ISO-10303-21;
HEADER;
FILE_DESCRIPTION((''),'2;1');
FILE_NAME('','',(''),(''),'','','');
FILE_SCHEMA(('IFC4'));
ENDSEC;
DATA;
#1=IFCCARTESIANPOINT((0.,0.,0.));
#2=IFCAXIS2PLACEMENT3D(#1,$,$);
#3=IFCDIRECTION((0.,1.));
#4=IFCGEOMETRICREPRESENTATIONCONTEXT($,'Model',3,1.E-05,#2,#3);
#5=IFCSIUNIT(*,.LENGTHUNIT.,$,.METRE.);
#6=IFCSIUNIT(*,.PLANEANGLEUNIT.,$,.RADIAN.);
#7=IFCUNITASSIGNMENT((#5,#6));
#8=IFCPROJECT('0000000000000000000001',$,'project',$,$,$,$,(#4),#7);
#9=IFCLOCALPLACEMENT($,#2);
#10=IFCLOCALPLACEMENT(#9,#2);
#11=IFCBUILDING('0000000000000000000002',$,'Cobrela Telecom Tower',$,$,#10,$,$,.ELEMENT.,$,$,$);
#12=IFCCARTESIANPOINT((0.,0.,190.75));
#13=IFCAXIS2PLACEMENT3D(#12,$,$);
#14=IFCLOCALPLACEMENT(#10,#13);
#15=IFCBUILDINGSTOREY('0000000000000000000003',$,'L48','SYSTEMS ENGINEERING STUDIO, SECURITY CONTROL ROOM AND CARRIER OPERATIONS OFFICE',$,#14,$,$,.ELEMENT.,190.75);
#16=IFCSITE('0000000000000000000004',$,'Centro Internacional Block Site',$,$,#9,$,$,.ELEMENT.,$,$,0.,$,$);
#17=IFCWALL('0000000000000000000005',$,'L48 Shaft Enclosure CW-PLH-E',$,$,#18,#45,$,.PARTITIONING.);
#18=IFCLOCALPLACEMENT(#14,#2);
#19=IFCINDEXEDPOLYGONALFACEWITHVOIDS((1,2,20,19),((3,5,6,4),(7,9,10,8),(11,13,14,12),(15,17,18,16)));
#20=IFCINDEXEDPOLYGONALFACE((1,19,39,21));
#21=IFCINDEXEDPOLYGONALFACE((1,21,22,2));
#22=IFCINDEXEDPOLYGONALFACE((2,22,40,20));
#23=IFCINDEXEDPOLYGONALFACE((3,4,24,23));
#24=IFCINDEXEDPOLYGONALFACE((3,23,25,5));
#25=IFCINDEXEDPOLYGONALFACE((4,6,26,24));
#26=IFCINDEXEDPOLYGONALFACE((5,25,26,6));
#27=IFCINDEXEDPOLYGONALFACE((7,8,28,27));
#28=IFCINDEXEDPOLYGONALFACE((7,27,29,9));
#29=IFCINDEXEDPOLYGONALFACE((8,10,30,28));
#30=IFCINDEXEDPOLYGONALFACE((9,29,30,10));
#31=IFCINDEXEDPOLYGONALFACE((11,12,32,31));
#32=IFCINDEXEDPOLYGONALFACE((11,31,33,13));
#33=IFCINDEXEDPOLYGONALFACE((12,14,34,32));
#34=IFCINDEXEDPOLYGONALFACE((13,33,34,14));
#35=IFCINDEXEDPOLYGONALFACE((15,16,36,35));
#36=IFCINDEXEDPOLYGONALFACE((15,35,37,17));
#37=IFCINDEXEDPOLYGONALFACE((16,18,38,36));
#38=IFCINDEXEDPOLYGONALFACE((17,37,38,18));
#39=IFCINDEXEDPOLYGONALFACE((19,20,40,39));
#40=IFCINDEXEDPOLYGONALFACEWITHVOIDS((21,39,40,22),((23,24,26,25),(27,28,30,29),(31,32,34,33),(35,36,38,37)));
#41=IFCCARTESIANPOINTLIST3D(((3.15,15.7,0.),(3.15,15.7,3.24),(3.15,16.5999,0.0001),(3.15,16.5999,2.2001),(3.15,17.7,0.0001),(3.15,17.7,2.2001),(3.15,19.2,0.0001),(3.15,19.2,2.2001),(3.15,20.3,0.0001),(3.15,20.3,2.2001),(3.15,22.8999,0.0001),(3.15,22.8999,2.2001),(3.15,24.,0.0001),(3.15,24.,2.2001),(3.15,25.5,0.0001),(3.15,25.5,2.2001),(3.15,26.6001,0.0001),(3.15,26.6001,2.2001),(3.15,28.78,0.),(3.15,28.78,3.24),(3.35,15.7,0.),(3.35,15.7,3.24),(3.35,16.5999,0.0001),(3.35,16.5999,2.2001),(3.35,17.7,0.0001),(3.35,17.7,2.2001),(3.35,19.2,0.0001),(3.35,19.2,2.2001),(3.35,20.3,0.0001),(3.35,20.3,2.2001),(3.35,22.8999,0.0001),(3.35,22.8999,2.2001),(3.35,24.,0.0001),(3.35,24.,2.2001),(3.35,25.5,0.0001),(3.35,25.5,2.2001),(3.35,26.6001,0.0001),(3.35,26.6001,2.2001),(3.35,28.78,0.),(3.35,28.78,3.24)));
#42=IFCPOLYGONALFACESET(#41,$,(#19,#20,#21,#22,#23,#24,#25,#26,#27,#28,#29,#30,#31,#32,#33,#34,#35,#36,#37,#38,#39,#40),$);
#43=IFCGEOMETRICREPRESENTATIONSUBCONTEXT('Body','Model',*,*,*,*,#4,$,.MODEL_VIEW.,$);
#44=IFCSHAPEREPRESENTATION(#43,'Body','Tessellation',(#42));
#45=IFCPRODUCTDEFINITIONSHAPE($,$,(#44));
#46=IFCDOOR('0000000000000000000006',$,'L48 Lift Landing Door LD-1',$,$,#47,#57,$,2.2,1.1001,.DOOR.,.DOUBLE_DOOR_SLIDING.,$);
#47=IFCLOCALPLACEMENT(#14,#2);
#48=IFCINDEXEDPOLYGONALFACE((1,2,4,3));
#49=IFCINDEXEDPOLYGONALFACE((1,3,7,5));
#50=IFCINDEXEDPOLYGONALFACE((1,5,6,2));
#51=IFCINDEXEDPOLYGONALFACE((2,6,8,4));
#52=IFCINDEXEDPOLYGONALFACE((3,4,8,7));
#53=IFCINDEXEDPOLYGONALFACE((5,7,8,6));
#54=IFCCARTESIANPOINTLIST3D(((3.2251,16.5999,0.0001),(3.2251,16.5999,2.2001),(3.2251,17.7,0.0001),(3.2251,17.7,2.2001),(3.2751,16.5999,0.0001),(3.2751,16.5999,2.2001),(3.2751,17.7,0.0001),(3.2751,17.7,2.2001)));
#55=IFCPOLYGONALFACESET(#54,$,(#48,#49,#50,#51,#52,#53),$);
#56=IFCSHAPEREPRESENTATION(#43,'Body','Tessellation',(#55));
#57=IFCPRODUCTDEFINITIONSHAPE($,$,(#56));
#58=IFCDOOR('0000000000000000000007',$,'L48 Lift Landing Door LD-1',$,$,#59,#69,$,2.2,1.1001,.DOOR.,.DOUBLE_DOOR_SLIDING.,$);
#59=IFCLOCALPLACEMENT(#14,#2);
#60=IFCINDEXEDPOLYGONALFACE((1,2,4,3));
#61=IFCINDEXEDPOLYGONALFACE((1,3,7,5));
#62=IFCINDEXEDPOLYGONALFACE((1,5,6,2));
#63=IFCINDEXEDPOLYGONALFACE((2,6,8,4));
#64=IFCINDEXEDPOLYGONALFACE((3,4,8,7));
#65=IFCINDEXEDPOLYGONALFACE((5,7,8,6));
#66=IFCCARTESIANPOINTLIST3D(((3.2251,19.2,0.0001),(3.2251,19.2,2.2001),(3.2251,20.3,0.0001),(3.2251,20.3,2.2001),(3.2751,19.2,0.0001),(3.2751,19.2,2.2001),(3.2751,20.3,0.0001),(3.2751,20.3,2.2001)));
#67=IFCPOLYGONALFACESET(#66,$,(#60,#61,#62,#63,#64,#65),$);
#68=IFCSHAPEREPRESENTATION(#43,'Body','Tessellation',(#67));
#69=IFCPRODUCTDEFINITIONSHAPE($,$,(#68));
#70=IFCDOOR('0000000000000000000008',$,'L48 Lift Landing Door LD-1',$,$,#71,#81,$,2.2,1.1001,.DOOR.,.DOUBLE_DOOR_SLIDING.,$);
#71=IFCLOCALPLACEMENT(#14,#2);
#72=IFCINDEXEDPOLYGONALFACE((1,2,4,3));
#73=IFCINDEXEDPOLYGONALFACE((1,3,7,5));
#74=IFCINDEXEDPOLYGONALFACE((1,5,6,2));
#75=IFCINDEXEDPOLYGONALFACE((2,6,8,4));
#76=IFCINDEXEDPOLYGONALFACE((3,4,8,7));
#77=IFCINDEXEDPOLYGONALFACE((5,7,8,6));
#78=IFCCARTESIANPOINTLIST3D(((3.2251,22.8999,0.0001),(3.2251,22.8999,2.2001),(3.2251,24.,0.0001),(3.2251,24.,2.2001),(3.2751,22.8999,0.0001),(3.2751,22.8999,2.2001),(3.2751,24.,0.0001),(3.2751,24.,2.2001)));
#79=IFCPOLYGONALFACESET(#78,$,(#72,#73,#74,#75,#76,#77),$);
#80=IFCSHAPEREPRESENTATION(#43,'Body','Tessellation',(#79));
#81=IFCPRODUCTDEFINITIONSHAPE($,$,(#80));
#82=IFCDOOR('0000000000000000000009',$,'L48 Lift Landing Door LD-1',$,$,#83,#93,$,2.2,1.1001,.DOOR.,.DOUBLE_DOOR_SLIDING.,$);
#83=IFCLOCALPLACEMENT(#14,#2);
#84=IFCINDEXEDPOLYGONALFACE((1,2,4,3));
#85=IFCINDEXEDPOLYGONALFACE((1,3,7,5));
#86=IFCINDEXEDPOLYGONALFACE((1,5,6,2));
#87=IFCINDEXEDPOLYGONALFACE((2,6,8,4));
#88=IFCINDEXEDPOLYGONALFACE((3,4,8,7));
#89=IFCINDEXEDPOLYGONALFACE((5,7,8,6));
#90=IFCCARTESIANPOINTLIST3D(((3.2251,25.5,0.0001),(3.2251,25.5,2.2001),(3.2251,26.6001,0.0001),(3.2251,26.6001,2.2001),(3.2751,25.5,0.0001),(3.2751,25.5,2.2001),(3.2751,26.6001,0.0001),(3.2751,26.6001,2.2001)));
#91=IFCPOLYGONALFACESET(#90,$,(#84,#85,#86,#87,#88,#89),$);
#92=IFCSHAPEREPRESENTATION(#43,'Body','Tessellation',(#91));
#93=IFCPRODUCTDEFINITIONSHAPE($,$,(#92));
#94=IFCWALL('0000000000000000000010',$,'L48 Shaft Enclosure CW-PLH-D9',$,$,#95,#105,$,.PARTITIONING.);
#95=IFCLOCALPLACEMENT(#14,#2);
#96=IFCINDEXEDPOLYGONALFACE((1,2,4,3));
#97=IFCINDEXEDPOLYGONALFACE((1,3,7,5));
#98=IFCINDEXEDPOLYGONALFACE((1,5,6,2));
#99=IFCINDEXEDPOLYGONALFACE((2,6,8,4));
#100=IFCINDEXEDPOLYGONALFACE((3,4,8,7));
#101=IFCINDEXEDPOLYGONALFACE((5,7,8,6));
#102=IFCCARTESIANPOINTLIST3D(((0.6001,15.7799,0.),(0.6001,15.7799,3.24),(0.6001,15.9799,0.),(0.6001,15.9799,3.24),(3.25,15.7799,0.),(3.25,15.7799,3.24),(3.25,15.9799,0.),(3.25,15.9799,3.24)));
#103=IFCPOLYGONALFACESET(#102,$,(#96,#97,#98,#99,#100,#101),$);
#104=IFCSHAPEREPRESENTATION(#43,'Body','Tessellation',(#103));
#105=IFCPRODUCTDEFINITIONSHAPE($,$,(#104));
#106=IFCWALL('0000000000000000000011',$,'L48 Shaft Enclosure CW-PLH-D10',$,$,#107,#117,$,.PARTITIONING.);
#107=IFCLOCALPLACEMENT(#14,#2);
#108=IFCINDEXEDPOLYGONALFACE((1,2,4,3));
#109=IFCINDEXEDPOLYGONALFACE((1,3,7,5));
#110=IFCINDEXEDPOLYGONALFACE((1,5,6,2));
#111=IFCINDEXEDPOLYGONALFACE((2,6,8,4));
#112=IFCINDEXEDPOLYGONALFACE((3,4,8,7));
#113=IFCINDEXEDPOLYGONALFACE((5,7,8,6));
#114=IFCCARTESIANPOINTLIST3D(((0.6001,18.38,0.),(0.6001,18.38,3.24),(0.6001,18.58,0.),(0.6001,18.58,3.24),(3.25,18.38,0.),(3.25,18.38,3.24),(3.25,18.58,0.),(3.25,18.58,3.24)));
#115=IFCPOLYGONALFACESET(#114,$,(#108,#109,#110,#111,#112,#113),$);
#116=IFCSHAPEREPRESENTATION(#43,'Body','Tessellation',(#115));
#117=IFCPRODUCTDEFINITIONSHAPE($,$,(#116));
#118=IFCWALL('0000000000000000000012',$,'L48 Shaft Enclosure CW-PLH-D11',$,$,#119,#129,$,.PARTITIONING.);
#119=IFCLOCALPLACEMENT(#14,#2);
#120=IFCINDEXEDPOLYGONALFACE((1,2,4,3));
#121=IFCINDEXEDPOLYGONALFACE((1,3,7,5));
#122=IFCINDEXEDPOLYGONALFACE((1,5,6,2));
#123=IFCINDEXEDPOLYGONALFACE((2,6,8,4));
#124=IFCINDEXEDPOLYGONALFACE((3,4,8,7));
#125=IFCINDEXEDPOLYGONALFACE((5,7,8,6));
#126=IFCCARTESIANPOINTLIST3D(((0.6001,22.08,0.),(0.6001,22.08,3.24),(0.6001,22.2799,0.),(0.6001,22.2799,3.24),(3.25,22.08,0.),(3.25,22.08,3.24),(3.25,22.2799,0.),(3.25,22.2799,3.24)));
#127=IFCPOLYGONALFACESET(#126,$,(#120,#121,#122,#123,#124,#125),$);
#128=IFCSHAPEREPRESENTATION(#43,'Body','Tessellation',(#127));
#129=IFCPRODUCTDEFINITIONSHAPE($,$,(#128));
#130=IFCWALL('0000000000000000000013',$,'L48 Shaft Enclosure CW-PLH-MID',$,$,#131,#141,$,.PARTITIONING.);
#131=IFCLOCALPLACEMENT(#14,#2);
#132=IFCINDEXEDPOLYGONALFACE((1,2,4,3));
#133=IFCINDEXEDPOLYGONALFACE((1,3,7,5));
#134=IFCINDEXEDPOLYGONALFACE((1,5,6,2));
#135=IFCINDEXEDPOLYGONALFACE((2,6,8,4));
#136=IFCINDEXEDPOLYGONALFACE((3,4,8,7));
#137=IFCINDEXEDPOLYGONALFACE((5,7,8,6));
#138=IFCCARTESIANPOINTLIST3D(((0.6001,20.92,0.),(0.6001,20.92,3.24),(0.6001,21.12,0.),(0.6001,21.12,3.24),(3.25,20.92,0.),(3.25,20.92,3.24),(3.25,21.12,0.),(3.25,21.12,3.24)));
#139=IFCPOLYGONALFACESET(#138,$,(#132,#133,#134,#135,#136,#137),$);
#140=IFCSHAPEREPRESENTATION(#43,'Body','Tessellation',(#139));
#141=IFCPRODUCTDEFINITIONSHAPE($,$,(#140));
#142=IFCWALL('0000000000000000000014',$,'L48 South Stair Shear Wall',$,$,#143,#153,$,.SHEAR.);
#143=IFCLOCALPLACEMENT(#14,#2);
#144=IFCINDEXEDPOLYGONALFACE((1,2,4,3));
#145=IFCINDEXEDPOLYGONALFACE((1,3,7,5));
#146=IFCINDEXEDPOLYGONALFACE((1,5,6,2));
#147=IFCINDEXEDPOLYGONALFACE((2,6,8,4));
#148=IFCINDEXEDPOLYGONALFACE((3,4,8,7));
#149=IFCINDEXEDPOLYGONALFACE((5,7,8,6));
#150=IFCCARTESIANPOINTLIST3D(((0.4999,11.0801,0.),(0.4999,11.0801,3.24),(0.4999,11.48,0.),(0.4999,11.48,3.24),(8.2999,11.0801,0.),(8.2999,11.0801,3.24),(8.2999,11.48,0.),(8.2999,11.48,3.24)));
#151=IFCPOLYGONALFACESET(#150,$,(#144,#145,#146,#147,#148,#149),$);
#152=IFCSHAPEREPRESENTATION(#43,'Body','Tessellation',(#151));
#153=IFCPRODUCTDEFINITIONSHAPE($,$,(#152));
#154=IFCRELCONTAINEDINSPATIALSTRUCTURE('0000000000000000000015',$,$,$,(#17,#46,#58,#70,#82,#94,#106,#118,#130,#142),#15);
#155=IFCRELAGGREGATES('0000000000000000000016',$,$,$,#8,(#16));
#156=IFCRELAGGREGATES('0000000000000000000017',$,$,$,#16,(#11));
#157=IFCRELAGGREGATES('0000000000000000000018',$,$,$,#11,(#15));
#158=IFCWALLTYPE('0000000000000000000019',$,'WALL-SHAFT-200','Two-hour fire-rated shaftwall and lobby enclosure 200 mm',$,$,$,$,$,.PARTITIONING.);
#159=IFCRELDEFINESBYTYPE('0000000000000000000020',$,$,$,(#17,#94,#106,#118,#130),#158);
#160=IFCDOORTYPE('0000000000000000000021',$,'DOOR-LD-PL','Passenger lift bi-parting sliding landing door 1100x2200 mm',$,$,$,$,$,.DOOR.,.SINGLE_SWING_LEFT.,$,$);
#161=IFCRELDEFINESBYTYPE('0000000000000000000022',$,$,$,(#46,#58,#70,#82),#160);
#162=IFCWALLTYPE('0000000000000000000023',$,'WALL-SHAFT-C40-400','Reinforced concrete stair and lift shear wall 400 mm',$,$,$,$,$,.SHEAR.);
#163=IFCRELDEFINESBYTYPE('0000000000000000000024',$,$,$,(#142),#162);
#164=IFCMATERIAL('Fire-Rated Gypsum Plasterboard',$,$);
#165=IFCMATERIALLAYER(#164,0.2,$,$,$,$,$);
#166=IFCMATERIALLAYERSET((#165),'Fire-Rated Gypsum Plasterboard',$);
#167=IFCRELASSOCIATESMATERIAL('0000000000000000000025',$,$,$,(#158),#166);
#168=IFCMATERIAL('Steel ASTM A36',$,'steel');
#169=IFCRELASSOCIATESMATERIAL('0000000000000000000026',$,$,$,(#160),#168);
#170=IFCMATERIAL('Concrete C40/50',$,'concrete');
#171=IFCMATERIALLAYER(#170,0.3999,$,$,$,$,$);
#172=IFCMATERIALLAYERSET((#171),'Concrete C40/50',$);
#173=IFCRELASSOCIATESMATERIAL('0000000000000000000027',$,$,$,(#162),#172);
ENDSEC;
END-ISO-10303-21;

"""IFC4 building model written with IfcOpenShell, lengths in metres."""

from ifc_helpers import new_model, si_unit, direction, frame, frame_2d, origin, place, context, subcontext, project, spatial, rectangle, extrude, material, layer, layer_set, type_object, element, fill, save


model = new_model("IFC4")

# Units and contexts
model_context = context("Model", 3, precision=1e-05, world=origin(), true_north=direction((0.0, 1.0)))
body_context = subcontext(model_context, "Body", "Model", "MODEL_VIEW")
ifc_project = project(units=[si_unit("LENGTHUNIT", "METRE"), si_unit("PLANEANGLEUNIT", "RADIAN")], contexts=[model_context])

# Site, building, storey
site_placement = place(None, origin())
site = spatial("IfcSite", under=ifc_project, at=site_placement, Name="Centro Internacional Block Site", CompositionType="ELEMENT", RefElevation=0.0)
building_placement = place(site_placement, origin())
building = spatial("IfcBuilding", under=site, at=building_placement, Name="Cobrela Telecom Tower", CompositionType="ELEMENT")
storey_placement = place(building_placement, frame((0.0, 0.0, 190.75)))
storey = spatial("IfcBuildingStorey", under=building, at=storey_placement, Name="L48", Description="SYSTEMS ENGINEERING STUDIO, SECURITY CONTROL ROOM AND CARRIER OPERATIONS OFFICE", CompositionType="ELEMENT", Elevation=190.75)

# Shared definitions
ifc_material_1 = material(Name="Fire-Rated Gypsum Plasterboard")

# Wall, openings, doors
ifc_layer_1 = layer(ifc_material_1, 0.2)
ifc_layer_set_1 = layer_set([ifc_layer_1], Name="Fire-Rated Gypsum Plasterboard")
wall_type_1 = type_object("IfcWallType", Name="WALL-SHAFT-200", Description="Two-hour fire-rated shaftwall and lobby enclosure 200 mm", PredefinedType="PARTITIONING", material=ifc_layer_set_1)
wall_1_placement = place(storey_placement, frame((3.25, 15.7, 0.0), z_axis=(0.0, 0.0, 1.0), x_axis=(0.0, 1.0, 0.0)))
wall_1 = element("IfcWall", 1, at=wall_1_placement, inside=storey, type_object=wall_type_1, Name="L48 Shaft Enclosure CW-PLH-E", PredefinedType="PARTITIONING", context=body_context, shape_type="SweptSolid", body=[
    extrude(rectangle(XDim=13.0801, YDim=0.2, at=frame_2d((6.54, 0.0))), origin(), (0.0, 0.0, 1.0), 3.24),
])
opening_1_placement = place(wall_1_placement, frame((0.8999, 0.0, 0.0)))
opening_1 = element("IfcOpeningElement", 2, at=opening_1_placement, cuts=wall_1, PredefinedType="OPENING", context=body_context, shape_type="SweptSolid", body=[
    extrude(rectangle(XDim=1.1001, YDim=2.2, at=frame_2d((0.55, 1.1001))), frame((0.0, 0.1118, 0.0), z_axis=(0.0, -1.0, 0.0), x_axis=(1.0, 0.0, 0.0)), (0.0, 0.0, 1.0), 0.2239),
])
opening_2_placement = place(wall_1_placement, frame((3.5, 0.0, 0.0)))
opening_2 = element("IfcOpeningElement", 3, at=opening_2_placement, cuts=wall_1, PredefinedType="OPENING", context=body_context, shape_type="SweptSolid", body=[
    extrude(rectangle(XDim=1.1001, YDim=2.2, at=frame_2d((0.55, 1.1001))), frame((0.0, 0.1118, 0.0), z_axis=(0.0, -1.0, 0.0), x_axis=(1.0, 0.0, 0.0)), (0.0, 0.0, 1.0), 0.2239),
])
opening_3_placement = place(wall_1_placement, frame((7.2, 0.0, 0.0)))
opening_3 = element("IfcOpeningElement", 4, at=opening_3_placement, cuts=wall_1, PredefinedType="OPENING", context=body_context, shape_type="SweptSolid", body=[
    extrude(rectangle(XDim=1.1001, YDim=2.2, at=frame_2d((0.55, 1.1001))), frame((0.0, 0.1118, 0.0), z_axis=(0.0, -1.0, 0.0), x_axis=(1.0, 0.0, 0.0)), (0.0, 0.0, 1.0), 0.2239),
])
opening_4_placement = place(wall_1_placement, frame((9.8, 0.0, 0.0)))
opening_4 = element("IfcOpeningElement", 5, at=opening_4_placement, cuts=wall_1, PredefinedType="OPENING", context=body_context, shape_type="SweptSolid", body=[
    extrude(rectangle(XDim=1.1001, YDim=2.2, at=frame_2d((0.55, 1.1001))), frame((0.0, 0.1118, 0.0), z_axis=(0.0, -1.0, 0.0), x_axis=(1.0, 0.0, 0.0)), (0.0, 0.0, 1.0), 0.2239),
])
ifc_material_2 = material(Name="Steel ASTM A36", Category="steel")
door_type_1 = type_object("IfcDoorType", Name="DOOR-LD-PL", Description="Passenger lift bi-parting sliding landing door 1100x2200 mm", OperationType="SINGLE_SWING_LEFT", PredefinedType="DOOR", material=ifc_material_2)
door_1_placement = place(opening_1_placement, origin())
door_1 = element("IfcDoor", 6, at=door_1_placement, inside=storey, type_object=door_type_1, Name="L48 Lift Landing Door LD-1", OperationType="DOUBLE_DOOR_SLIDING", OverallHeight=2.2, OverallWidth=1.1001, PredefinedType="DOOR", context=body_context, shape_type="SweptSolid", body=[
    extrude(rectangle(XDim=1.1001, YDim=2.2, at=frame_2d((0.55, 1.1001))), frame((0.0, 0.0249, 0.0), z_axis=(0.0, -1.0, 0.0), x_axis=(1.0, 0.0, 0.0)), (0.0, 0.0, 1.0), 0.05),
])
fill(opening_1, door_1)
door_2_placement = place(opening_2_placement, origin())
door_2 = element("IfcDoor", 7, at=door_2_placement, inside=storey, type_object=door_type_1, Name="L48 Lift Landing Door LD-1", OperationType="DOUBLE_DOOR_SLIDING", OverallHeight=2.2, OverallWidth=1.1001, PredefinedType="DOOR", context=body_context, shape_type="SweptSolid", body=[
    extrude(rectangle(XDim=1.1001, YDim=2.2, at=frame_2d((0.55, 1.1001))), frame((0.0, 0.0249, 0.0), z_axis=(0.0, -1.0, 0.0), x_axis=(1.0, 0.0, 0.0)), (0.0, 0.0, 1.0), 0.05),
])
fill(opening_2, door_2)
door_3_placement = place(opening_3_placement, origin())
door_3 = element("IfcDoor", 8, at=door_3_placement, inside=storey, type_object=door_type_1, Name="L48 Lift Landing Door LD-1", OperationType="DOUBLE_DOOR_SLIDING", OverallHeight=2.2, OverallWidth=1.1001, PredefinedType="DOOR", context=body_context, shape_type="SweptSolid", body=[
    extrude(rectangle(XDim=1.1001, YDim=2.2, at=frame_2d((0.55, 1.1001))), frame((0.0, 0.0249, 0.0), z_axis=(0.0, -1.0, 0.0), x_axis=(1.0, 0.0, 0.0)), (0.0, 0.0, 1.0), 0.05),
])
fill(opening_3, door_3)
door_4_placement = place(opening_4_placement, origin())
door_4 = element("IfcDoor", 9, at=door_4_placement, inside=storey, type_object=door_type_1, Name="L48 Lift Landing Door LD-1", OperationType="DOUBLE_DOOR_SLIDING", OverallHeight=2.2, OverallWidth=1.1001, PredefinedType="DOOR", context=body_context, shape_type="SweptSolid", body=[
    extrude(rectangle(XDim=1.1001, YDim=2.2, at=frame_2d((0.55, 1.1001))), frame((0.0, 0.0249, 0.0), z_axis=(0.0, -1.0, 0.0), x_axis=(1.0, 0.0, 0.0)), (0.0, 0.0, 1.0), 0.05),
])
fill(opening_4, door_4)

# Walls
for number, where, z_axis, x_axis, name in (
    (10, (0.6001, 15.8799, 0.0), (0.0, 0.0, 1.0), (1.0, 0.0, 0.0), "L48 Shaft Enclosure CW-PLH-D9"),
    (11, (0.6001, 18.48, 0.0), (0.0, 0.0, 1.0), (1.0, 0.0, 0.0), "L48 Shaft Enclosure CW-PLH-D10"),
    (12, (0.6001, 22.1799, 0.0), (0.0, 0.0, 1.0), (1.0, 0.0, 0.0), "L48 Shaft Enclosure CW-PLH-D11"),
    (13, (0.6001, 21.02, 0.0), (0.0, 0.0, 1.0), (1.0, 0.0, 0.0), "L48 Shaft Enclosure CW-PLH-MID"),
):
    element("IfcWall", number, at=place(storey_placement, frame(where, z_axis=z_axis, x_axis=x_axis)), inside=storey, type_object=wall_type_1, Name=name, PredefinedType="PARTITIONING", context=body_context, shape_type="SweptSolid", body=[
        extrude(rectangle(XDim=2.6499, YDim=0.2, at=frame_2d((1.325, 0.0))), origin(), (0.0, 0.0, 1.0), 3.24),
    ])
ifc_material_3 = material(Name="Concrete C40/50", Category="concrete")
ifc_layer_2 = layer(ifc_material_3, 0.3999)
ifc_layer_set_2 = layer_set([ifc_layer_2], Name="Concrete C40/50")
wall_type_2 = type_object("IfcWallType", Name="WALL-SHAFT-C40-400", Description="Reinforced concrete stair and lift shear wall 400 mm", PredefinedType="SHEAR", material=ifc_layer_set_2)
wall_2_placement = place(storey_placement, frame((0.5, 11.28, 0.0), z_axis=(0.0, 0.0, 1.0), x_axis=(1.0, 0.0, 0.0)))
element("IfcWall", 14, at=wall_2_placement, inside=storey, type_object=wall_type_2, Name="L48 South Stair Shear Wall", PredefinedType="SHEAR", context=body_context, shape_type="SweptSolid", body=[
    extrude(rectangle(XDim=7.8, YDim=0.3999, at=frame_2d((3.8999, 0.0))), origin(), (0.0, 0.0, 1.0), 3.24),
])

save(model, "model.ifc")
